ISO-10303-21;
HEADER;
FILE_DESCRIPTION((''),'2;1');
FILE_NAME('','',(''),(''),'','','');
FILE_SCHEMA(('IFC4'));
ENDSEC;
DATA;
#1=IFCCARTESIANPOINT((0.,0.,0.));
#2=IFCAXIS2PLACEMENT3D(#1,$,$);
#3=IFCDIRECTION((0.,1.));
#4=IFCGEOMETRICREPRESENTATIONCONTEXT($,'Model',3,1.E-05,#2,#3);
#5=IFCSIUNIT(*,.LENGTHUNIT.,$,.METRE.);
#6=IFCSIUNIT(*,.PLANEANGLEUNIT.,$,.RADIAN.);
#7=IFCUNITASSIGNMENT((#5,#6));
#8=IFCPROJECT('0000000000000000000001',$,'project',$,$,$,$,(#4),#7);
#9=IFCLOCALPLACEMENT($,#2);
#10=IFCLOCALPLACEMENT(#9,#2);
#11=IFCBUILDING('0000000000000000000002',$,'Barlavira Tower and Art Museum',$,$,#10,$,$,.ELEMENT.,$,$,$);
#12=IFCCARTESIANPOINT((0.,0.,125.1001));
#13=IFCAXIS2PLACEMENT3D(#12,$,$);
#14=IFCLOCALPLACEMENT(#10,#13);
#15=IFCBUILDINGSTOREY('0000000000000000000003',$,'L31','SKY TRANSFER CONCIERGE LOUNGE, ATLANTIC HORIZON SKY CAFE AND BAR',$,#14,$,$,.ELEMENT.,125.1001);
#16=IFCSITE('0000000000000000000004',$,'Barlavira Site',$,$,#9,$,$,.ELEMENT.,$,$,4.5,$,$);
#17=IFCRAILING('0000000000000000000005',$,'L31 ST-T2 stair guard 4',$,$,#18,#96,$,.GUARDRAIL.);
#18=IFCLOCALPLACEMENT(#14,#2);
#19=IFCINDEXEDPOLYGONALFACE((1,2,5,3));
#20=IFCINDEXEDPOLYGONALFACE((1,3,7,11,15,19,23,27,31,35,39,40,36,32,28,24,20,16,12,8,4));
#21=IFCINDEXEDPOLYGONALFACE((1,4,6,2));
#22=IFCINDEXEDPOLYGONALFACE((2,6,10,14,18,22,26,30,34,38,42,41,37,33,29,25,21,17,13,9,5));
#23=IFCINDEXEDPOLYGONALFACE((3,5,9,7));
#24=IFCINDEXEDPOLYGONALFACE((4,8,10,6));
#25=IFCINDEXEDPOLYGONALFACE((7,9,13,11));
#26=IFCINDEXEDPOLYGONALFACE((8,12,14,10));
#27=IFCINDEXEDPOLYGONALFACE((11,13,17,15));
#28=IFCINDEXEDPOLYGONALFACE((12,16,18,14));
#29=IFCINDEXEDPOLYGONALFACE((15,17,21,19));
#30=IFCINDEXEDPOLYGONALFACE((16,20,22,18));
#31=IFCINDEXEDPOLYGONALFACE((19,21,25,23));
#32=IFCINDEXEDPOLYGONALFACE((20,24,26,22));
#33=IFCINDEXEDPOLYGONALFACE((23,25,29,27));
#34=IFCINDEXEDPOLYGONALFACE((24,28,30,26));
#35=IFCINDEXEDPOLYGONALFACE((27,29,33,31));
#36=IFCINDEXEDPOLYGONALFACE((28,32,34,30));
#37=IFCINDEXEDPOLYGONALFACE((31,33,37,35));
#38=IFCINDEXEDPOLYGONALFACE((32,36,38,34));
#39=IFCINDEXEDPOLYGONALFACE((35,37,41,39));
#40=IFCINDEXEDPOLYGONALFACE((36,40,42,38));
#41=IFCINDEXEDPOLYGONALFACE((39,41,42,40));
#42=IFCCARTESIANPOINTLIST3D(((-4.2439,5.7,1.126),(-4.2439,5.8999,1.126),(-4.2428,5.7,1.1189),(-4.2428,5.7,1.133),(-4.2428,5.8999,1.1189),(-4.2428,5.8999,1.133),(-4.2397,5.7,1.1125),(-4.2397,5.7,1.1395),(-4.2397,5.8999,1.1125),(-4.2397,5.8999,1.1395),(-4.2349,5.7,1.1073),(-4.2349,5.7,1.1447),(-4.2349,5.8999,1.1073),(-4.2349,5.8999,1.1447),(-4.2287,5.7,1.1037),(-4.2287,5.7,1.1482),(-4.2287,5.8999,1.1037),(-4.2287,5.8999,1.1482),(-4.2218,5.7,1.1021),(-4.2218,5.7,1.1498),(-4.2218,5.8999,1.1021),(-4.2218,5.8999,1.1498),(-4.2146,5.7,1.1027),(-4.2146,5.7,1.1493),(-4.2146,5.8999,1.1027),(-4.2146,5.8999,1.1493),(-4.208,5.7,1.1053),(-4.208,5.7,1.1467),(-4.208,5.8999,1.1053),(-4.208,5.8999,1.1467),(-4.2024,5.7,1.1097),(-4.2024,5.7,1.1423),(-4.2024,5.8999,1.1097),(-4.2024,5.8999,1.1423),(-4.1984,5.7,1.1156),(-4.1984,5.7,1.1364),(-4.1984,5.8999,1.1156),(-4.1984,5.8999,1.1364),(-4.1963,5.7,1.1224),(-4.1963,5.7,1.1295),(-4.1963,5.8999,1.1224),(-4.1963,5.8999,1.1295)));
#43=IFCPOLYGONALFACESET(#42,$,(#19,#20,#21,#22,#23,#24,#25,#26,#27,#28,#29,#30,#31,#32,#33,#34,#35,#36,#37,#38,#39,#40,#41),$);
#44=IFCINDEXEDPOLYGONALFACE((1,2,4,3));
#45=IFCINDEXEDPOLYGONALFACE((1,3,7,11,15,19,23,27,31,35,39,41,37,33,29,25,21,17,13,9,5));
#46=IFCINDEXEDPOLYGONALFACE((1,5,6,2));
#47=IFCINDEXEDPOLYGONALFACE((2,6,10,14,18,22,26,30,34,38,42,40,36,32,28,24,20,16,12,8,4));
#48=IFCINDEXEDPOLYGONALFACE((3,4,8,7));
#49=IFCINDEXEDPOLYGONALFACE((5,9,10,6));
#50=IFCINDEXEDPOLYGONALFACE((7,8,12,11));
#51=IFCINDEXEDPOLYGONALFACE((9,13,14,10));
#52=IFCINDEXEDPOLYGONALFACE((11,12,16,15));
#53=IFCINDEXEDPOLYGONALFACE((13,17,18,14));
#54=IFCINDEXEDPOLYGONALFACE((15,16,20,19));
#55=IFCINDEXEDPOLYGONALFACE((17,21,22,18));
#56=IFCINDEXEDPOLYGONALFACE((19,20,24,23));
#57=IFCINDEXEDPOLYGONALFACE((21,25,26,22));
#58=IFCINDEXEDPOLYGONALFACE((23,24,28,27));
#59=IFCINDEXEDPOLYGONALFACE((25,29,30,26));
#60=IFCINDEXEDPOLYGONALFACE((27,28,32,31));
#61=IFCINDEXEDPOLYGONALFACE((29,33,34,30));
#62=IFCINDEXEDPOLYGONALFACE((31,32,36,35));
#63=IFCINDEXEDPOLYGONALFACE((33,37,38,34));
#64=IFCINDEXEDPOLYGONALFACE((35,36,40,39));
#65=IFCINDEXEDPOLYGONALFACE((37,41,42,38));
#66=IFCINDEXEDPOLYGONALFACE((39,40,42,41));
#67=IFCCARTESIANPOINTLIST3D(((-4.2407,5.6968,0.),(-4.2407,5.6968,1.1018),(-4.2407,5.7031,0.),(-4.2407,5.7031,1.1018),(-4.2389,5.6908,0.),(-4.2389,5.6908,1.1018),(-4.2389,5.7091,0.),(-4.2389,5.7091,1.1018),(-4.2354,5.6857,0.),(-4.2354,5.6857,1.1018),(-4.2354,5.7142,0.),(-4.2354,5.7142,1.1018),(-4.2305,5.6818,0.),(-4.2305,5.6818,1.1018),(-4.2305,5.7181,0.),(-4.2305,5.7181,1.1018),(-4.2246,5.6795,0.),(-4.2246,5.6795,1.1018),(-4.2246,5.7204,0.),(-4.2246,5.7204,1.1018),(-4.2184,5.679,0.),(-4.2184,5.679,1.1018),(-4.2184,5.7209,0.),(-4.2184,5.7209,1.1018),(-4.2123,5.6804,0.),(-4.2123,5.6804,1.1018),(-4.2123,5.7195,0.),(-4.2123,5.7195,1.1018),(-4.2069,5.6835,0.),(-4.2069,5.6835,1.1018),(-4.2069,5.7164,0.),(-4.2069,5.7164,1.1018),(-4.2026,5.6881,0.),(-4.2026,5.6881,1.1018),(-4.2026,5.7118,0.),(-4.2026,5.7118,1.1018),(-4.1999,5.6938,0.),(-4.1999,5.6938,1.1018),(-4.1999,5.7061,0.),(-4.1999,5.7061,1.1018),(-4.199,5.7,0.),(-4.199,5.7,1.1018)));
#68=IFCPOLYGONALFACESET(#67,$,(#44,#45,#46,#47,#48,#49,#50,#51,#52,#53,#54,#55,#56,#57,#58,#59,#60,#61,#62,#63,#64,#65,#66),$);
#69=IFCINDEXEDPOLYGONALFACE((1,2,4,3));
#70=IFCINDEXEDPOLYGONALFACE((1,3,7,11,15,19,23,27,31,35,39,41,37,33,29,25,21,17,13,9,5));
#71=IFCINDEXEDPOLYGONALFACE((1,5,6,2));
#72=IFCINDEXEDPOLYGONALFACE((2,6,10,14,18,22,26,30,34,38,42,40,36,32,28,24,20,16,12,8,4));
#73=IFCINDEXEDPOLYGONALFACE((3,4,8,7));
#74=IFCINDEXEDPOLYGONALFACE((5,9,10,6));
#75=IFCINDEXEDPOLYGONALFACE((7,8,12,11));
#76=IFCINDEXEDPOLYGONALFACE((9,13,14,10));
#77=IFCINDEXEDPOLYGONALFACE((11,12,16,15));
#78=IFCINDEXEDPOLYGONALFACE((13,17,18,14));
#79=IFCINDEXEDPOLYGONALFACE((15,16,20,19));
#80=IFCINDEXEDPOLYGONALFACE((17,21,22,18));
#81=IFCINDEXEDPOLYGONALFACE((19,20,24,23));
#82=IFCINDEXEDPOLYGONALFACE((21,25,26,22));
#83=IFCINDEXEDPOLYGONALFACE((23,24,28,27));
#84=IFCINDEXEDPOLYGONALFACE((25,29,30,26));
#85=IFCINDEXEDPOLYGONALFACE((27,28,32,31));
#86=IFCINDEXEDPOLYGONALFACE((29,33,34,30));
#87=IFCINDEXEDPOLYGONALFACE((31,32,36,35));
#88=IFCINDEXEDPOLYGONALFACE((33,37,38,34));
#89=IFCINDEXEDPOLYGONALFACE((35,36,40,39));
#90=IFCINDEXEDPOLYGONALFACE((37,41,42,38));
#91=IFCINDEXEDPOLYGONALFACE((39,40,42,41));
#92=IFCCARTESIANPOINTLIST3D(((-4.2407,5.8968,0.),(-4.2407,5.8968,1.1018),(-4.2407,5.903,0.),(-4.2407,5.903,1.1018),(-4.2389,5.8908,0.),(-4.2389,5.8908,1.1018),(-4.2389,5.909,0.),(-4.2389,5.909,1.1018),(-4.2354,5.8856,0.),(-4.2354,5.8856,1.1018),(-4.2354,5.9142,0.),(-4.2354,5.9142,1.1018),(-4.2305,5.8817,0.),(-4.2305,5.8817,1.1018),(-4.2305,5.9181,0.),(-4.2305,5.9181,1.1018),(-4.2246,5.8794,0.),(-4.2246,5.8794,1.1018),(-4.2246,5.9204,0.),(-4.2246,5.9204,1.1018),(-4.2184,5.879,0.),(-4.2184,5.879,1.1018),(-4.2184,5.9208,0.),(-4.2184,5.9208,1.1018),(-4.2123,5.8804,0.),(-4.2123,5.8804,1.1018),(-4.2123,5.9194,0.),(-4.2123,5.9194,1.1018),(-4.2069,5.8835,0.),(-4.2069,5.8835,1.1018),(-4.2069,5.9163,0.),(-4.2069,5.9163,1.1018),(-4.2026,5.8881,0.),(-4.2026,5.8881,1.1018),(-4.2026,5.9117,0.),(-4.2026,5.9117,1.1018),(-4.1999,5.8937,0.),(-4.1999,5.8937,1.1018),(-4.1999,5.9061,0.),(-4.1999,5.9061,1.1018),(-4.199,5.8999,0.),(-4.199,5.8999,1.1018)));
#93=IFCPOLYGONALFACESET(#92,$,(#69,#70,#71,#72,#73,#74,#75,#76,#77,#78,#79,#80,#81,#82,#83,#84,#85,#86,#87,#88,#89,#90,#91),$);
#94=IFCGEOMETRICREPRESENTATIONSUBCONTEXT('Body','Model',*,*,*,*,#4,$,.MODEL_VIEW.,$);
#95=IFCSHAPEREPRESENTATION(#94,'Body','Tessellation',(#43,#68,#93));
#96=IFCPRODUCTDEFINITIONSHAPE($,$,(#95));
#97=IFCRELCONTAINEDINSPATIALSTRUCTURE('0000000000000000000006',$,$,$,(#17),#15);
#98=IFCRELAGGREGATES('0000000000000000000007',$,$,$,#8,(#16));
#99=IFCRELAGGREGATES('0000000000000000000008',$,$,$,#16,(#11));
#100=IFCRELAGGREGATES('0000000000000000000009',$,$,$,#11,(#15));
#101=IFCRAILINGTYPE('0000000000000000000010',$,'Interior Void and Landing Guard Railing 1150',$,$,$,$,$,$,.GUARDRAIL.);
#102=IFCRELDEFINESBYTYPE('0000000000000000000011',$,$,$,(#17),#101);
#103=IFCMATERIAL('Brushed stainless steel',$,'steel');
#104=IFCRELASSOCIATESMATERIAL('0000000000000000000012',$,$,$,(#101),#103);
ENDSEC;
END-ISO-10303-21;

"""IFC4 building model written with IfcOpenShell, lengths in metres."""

from ifc_helpers import new_model, si_unit, direction, frame, origin, origin_2d, place, context, subcontext, project, spatial, circle, extrude, material, type_object, element, save


model = new_model("IFC4")

# Units and contexts
model_context = context("Model", 3, precision=1e-05, world=origin(), true_north=direction((0.0, 1.0)))
body_context = subcontext(model_context, "Body", "Model", "MODEL_VIEW")
ifc_project = project(units=[si_unit("LENGTHUNIT", "METRE"), si_unit("PLANEANGLEUNIT", "RADIAN")], contexts=[model_context])

# Site, building, storey
site_placement = place(None, origin())
site = spatial("IfcSite", under=ifc_project, at=site_placement, Name="Barlavira Site", CompositionType="ELEMENT", RefElevation=4.5)
building_placement = place(site_placement, origin())
building = spatial("IfcBuilding", under=site, at=building_placement, Name="Barlavira Tower and Art Museum", CompositionType="ELEMENT")
storey_placement = place(building_placement, frame((0.0, 0.0, 125.1001)))
storey = spatial("IfcBuildingStorey", under=building, at=storey_placement, Name="L31", Description="SKY TRANSFER CONCIERGE LOUNGE, ATLANTIC HORIZON SKY CAFE AND BAR", CompositionType="ELEMENT", Elevation=125.1001)

# Shared definitions
ifc_material_1 = material(Name="Brushed stainless steel", Category="steel")

# Railing
railing_type_1 = type_object("IfcRailingType", Name="Interior Void and Landing Guard Railing 1150", PredefinedType="GUARDRAIL", material=ifc_material_1)
railing_1_placement = place(storey_placement, frame((-4.22, 5.7, 0.0)))
element("IfcRailing", 1, at=railing_1_placement, inside=storey, type_object=railing_type_1, Name="L31 ST-T2 stair guard 4", PredefinedType="GUARDRAIL", context=body_context, shape_type="SweptSolid", body=[
    extrude(circle(Radius=0.0239, at=origin_2d()), frame((0.0, 0.0, 1.126), z_axis=(0.0, 1.0, 0.0), x_axis=(-1.0, 0.0, 0.0)), (0.0, 0.0, 1.0), 0.2),
    extrude(circle(Radius=0.021, at=origin_2d()), origin(), (0.0, 0.0, 1.0), 1.1018),
    extrude(circle(Radius=0.021, at=origin_2d()), frame((0.0, 0.2, 0.0)), (0.0, 0.0, 1.0), 1.1018),
])

save(model, "model.ifc")
